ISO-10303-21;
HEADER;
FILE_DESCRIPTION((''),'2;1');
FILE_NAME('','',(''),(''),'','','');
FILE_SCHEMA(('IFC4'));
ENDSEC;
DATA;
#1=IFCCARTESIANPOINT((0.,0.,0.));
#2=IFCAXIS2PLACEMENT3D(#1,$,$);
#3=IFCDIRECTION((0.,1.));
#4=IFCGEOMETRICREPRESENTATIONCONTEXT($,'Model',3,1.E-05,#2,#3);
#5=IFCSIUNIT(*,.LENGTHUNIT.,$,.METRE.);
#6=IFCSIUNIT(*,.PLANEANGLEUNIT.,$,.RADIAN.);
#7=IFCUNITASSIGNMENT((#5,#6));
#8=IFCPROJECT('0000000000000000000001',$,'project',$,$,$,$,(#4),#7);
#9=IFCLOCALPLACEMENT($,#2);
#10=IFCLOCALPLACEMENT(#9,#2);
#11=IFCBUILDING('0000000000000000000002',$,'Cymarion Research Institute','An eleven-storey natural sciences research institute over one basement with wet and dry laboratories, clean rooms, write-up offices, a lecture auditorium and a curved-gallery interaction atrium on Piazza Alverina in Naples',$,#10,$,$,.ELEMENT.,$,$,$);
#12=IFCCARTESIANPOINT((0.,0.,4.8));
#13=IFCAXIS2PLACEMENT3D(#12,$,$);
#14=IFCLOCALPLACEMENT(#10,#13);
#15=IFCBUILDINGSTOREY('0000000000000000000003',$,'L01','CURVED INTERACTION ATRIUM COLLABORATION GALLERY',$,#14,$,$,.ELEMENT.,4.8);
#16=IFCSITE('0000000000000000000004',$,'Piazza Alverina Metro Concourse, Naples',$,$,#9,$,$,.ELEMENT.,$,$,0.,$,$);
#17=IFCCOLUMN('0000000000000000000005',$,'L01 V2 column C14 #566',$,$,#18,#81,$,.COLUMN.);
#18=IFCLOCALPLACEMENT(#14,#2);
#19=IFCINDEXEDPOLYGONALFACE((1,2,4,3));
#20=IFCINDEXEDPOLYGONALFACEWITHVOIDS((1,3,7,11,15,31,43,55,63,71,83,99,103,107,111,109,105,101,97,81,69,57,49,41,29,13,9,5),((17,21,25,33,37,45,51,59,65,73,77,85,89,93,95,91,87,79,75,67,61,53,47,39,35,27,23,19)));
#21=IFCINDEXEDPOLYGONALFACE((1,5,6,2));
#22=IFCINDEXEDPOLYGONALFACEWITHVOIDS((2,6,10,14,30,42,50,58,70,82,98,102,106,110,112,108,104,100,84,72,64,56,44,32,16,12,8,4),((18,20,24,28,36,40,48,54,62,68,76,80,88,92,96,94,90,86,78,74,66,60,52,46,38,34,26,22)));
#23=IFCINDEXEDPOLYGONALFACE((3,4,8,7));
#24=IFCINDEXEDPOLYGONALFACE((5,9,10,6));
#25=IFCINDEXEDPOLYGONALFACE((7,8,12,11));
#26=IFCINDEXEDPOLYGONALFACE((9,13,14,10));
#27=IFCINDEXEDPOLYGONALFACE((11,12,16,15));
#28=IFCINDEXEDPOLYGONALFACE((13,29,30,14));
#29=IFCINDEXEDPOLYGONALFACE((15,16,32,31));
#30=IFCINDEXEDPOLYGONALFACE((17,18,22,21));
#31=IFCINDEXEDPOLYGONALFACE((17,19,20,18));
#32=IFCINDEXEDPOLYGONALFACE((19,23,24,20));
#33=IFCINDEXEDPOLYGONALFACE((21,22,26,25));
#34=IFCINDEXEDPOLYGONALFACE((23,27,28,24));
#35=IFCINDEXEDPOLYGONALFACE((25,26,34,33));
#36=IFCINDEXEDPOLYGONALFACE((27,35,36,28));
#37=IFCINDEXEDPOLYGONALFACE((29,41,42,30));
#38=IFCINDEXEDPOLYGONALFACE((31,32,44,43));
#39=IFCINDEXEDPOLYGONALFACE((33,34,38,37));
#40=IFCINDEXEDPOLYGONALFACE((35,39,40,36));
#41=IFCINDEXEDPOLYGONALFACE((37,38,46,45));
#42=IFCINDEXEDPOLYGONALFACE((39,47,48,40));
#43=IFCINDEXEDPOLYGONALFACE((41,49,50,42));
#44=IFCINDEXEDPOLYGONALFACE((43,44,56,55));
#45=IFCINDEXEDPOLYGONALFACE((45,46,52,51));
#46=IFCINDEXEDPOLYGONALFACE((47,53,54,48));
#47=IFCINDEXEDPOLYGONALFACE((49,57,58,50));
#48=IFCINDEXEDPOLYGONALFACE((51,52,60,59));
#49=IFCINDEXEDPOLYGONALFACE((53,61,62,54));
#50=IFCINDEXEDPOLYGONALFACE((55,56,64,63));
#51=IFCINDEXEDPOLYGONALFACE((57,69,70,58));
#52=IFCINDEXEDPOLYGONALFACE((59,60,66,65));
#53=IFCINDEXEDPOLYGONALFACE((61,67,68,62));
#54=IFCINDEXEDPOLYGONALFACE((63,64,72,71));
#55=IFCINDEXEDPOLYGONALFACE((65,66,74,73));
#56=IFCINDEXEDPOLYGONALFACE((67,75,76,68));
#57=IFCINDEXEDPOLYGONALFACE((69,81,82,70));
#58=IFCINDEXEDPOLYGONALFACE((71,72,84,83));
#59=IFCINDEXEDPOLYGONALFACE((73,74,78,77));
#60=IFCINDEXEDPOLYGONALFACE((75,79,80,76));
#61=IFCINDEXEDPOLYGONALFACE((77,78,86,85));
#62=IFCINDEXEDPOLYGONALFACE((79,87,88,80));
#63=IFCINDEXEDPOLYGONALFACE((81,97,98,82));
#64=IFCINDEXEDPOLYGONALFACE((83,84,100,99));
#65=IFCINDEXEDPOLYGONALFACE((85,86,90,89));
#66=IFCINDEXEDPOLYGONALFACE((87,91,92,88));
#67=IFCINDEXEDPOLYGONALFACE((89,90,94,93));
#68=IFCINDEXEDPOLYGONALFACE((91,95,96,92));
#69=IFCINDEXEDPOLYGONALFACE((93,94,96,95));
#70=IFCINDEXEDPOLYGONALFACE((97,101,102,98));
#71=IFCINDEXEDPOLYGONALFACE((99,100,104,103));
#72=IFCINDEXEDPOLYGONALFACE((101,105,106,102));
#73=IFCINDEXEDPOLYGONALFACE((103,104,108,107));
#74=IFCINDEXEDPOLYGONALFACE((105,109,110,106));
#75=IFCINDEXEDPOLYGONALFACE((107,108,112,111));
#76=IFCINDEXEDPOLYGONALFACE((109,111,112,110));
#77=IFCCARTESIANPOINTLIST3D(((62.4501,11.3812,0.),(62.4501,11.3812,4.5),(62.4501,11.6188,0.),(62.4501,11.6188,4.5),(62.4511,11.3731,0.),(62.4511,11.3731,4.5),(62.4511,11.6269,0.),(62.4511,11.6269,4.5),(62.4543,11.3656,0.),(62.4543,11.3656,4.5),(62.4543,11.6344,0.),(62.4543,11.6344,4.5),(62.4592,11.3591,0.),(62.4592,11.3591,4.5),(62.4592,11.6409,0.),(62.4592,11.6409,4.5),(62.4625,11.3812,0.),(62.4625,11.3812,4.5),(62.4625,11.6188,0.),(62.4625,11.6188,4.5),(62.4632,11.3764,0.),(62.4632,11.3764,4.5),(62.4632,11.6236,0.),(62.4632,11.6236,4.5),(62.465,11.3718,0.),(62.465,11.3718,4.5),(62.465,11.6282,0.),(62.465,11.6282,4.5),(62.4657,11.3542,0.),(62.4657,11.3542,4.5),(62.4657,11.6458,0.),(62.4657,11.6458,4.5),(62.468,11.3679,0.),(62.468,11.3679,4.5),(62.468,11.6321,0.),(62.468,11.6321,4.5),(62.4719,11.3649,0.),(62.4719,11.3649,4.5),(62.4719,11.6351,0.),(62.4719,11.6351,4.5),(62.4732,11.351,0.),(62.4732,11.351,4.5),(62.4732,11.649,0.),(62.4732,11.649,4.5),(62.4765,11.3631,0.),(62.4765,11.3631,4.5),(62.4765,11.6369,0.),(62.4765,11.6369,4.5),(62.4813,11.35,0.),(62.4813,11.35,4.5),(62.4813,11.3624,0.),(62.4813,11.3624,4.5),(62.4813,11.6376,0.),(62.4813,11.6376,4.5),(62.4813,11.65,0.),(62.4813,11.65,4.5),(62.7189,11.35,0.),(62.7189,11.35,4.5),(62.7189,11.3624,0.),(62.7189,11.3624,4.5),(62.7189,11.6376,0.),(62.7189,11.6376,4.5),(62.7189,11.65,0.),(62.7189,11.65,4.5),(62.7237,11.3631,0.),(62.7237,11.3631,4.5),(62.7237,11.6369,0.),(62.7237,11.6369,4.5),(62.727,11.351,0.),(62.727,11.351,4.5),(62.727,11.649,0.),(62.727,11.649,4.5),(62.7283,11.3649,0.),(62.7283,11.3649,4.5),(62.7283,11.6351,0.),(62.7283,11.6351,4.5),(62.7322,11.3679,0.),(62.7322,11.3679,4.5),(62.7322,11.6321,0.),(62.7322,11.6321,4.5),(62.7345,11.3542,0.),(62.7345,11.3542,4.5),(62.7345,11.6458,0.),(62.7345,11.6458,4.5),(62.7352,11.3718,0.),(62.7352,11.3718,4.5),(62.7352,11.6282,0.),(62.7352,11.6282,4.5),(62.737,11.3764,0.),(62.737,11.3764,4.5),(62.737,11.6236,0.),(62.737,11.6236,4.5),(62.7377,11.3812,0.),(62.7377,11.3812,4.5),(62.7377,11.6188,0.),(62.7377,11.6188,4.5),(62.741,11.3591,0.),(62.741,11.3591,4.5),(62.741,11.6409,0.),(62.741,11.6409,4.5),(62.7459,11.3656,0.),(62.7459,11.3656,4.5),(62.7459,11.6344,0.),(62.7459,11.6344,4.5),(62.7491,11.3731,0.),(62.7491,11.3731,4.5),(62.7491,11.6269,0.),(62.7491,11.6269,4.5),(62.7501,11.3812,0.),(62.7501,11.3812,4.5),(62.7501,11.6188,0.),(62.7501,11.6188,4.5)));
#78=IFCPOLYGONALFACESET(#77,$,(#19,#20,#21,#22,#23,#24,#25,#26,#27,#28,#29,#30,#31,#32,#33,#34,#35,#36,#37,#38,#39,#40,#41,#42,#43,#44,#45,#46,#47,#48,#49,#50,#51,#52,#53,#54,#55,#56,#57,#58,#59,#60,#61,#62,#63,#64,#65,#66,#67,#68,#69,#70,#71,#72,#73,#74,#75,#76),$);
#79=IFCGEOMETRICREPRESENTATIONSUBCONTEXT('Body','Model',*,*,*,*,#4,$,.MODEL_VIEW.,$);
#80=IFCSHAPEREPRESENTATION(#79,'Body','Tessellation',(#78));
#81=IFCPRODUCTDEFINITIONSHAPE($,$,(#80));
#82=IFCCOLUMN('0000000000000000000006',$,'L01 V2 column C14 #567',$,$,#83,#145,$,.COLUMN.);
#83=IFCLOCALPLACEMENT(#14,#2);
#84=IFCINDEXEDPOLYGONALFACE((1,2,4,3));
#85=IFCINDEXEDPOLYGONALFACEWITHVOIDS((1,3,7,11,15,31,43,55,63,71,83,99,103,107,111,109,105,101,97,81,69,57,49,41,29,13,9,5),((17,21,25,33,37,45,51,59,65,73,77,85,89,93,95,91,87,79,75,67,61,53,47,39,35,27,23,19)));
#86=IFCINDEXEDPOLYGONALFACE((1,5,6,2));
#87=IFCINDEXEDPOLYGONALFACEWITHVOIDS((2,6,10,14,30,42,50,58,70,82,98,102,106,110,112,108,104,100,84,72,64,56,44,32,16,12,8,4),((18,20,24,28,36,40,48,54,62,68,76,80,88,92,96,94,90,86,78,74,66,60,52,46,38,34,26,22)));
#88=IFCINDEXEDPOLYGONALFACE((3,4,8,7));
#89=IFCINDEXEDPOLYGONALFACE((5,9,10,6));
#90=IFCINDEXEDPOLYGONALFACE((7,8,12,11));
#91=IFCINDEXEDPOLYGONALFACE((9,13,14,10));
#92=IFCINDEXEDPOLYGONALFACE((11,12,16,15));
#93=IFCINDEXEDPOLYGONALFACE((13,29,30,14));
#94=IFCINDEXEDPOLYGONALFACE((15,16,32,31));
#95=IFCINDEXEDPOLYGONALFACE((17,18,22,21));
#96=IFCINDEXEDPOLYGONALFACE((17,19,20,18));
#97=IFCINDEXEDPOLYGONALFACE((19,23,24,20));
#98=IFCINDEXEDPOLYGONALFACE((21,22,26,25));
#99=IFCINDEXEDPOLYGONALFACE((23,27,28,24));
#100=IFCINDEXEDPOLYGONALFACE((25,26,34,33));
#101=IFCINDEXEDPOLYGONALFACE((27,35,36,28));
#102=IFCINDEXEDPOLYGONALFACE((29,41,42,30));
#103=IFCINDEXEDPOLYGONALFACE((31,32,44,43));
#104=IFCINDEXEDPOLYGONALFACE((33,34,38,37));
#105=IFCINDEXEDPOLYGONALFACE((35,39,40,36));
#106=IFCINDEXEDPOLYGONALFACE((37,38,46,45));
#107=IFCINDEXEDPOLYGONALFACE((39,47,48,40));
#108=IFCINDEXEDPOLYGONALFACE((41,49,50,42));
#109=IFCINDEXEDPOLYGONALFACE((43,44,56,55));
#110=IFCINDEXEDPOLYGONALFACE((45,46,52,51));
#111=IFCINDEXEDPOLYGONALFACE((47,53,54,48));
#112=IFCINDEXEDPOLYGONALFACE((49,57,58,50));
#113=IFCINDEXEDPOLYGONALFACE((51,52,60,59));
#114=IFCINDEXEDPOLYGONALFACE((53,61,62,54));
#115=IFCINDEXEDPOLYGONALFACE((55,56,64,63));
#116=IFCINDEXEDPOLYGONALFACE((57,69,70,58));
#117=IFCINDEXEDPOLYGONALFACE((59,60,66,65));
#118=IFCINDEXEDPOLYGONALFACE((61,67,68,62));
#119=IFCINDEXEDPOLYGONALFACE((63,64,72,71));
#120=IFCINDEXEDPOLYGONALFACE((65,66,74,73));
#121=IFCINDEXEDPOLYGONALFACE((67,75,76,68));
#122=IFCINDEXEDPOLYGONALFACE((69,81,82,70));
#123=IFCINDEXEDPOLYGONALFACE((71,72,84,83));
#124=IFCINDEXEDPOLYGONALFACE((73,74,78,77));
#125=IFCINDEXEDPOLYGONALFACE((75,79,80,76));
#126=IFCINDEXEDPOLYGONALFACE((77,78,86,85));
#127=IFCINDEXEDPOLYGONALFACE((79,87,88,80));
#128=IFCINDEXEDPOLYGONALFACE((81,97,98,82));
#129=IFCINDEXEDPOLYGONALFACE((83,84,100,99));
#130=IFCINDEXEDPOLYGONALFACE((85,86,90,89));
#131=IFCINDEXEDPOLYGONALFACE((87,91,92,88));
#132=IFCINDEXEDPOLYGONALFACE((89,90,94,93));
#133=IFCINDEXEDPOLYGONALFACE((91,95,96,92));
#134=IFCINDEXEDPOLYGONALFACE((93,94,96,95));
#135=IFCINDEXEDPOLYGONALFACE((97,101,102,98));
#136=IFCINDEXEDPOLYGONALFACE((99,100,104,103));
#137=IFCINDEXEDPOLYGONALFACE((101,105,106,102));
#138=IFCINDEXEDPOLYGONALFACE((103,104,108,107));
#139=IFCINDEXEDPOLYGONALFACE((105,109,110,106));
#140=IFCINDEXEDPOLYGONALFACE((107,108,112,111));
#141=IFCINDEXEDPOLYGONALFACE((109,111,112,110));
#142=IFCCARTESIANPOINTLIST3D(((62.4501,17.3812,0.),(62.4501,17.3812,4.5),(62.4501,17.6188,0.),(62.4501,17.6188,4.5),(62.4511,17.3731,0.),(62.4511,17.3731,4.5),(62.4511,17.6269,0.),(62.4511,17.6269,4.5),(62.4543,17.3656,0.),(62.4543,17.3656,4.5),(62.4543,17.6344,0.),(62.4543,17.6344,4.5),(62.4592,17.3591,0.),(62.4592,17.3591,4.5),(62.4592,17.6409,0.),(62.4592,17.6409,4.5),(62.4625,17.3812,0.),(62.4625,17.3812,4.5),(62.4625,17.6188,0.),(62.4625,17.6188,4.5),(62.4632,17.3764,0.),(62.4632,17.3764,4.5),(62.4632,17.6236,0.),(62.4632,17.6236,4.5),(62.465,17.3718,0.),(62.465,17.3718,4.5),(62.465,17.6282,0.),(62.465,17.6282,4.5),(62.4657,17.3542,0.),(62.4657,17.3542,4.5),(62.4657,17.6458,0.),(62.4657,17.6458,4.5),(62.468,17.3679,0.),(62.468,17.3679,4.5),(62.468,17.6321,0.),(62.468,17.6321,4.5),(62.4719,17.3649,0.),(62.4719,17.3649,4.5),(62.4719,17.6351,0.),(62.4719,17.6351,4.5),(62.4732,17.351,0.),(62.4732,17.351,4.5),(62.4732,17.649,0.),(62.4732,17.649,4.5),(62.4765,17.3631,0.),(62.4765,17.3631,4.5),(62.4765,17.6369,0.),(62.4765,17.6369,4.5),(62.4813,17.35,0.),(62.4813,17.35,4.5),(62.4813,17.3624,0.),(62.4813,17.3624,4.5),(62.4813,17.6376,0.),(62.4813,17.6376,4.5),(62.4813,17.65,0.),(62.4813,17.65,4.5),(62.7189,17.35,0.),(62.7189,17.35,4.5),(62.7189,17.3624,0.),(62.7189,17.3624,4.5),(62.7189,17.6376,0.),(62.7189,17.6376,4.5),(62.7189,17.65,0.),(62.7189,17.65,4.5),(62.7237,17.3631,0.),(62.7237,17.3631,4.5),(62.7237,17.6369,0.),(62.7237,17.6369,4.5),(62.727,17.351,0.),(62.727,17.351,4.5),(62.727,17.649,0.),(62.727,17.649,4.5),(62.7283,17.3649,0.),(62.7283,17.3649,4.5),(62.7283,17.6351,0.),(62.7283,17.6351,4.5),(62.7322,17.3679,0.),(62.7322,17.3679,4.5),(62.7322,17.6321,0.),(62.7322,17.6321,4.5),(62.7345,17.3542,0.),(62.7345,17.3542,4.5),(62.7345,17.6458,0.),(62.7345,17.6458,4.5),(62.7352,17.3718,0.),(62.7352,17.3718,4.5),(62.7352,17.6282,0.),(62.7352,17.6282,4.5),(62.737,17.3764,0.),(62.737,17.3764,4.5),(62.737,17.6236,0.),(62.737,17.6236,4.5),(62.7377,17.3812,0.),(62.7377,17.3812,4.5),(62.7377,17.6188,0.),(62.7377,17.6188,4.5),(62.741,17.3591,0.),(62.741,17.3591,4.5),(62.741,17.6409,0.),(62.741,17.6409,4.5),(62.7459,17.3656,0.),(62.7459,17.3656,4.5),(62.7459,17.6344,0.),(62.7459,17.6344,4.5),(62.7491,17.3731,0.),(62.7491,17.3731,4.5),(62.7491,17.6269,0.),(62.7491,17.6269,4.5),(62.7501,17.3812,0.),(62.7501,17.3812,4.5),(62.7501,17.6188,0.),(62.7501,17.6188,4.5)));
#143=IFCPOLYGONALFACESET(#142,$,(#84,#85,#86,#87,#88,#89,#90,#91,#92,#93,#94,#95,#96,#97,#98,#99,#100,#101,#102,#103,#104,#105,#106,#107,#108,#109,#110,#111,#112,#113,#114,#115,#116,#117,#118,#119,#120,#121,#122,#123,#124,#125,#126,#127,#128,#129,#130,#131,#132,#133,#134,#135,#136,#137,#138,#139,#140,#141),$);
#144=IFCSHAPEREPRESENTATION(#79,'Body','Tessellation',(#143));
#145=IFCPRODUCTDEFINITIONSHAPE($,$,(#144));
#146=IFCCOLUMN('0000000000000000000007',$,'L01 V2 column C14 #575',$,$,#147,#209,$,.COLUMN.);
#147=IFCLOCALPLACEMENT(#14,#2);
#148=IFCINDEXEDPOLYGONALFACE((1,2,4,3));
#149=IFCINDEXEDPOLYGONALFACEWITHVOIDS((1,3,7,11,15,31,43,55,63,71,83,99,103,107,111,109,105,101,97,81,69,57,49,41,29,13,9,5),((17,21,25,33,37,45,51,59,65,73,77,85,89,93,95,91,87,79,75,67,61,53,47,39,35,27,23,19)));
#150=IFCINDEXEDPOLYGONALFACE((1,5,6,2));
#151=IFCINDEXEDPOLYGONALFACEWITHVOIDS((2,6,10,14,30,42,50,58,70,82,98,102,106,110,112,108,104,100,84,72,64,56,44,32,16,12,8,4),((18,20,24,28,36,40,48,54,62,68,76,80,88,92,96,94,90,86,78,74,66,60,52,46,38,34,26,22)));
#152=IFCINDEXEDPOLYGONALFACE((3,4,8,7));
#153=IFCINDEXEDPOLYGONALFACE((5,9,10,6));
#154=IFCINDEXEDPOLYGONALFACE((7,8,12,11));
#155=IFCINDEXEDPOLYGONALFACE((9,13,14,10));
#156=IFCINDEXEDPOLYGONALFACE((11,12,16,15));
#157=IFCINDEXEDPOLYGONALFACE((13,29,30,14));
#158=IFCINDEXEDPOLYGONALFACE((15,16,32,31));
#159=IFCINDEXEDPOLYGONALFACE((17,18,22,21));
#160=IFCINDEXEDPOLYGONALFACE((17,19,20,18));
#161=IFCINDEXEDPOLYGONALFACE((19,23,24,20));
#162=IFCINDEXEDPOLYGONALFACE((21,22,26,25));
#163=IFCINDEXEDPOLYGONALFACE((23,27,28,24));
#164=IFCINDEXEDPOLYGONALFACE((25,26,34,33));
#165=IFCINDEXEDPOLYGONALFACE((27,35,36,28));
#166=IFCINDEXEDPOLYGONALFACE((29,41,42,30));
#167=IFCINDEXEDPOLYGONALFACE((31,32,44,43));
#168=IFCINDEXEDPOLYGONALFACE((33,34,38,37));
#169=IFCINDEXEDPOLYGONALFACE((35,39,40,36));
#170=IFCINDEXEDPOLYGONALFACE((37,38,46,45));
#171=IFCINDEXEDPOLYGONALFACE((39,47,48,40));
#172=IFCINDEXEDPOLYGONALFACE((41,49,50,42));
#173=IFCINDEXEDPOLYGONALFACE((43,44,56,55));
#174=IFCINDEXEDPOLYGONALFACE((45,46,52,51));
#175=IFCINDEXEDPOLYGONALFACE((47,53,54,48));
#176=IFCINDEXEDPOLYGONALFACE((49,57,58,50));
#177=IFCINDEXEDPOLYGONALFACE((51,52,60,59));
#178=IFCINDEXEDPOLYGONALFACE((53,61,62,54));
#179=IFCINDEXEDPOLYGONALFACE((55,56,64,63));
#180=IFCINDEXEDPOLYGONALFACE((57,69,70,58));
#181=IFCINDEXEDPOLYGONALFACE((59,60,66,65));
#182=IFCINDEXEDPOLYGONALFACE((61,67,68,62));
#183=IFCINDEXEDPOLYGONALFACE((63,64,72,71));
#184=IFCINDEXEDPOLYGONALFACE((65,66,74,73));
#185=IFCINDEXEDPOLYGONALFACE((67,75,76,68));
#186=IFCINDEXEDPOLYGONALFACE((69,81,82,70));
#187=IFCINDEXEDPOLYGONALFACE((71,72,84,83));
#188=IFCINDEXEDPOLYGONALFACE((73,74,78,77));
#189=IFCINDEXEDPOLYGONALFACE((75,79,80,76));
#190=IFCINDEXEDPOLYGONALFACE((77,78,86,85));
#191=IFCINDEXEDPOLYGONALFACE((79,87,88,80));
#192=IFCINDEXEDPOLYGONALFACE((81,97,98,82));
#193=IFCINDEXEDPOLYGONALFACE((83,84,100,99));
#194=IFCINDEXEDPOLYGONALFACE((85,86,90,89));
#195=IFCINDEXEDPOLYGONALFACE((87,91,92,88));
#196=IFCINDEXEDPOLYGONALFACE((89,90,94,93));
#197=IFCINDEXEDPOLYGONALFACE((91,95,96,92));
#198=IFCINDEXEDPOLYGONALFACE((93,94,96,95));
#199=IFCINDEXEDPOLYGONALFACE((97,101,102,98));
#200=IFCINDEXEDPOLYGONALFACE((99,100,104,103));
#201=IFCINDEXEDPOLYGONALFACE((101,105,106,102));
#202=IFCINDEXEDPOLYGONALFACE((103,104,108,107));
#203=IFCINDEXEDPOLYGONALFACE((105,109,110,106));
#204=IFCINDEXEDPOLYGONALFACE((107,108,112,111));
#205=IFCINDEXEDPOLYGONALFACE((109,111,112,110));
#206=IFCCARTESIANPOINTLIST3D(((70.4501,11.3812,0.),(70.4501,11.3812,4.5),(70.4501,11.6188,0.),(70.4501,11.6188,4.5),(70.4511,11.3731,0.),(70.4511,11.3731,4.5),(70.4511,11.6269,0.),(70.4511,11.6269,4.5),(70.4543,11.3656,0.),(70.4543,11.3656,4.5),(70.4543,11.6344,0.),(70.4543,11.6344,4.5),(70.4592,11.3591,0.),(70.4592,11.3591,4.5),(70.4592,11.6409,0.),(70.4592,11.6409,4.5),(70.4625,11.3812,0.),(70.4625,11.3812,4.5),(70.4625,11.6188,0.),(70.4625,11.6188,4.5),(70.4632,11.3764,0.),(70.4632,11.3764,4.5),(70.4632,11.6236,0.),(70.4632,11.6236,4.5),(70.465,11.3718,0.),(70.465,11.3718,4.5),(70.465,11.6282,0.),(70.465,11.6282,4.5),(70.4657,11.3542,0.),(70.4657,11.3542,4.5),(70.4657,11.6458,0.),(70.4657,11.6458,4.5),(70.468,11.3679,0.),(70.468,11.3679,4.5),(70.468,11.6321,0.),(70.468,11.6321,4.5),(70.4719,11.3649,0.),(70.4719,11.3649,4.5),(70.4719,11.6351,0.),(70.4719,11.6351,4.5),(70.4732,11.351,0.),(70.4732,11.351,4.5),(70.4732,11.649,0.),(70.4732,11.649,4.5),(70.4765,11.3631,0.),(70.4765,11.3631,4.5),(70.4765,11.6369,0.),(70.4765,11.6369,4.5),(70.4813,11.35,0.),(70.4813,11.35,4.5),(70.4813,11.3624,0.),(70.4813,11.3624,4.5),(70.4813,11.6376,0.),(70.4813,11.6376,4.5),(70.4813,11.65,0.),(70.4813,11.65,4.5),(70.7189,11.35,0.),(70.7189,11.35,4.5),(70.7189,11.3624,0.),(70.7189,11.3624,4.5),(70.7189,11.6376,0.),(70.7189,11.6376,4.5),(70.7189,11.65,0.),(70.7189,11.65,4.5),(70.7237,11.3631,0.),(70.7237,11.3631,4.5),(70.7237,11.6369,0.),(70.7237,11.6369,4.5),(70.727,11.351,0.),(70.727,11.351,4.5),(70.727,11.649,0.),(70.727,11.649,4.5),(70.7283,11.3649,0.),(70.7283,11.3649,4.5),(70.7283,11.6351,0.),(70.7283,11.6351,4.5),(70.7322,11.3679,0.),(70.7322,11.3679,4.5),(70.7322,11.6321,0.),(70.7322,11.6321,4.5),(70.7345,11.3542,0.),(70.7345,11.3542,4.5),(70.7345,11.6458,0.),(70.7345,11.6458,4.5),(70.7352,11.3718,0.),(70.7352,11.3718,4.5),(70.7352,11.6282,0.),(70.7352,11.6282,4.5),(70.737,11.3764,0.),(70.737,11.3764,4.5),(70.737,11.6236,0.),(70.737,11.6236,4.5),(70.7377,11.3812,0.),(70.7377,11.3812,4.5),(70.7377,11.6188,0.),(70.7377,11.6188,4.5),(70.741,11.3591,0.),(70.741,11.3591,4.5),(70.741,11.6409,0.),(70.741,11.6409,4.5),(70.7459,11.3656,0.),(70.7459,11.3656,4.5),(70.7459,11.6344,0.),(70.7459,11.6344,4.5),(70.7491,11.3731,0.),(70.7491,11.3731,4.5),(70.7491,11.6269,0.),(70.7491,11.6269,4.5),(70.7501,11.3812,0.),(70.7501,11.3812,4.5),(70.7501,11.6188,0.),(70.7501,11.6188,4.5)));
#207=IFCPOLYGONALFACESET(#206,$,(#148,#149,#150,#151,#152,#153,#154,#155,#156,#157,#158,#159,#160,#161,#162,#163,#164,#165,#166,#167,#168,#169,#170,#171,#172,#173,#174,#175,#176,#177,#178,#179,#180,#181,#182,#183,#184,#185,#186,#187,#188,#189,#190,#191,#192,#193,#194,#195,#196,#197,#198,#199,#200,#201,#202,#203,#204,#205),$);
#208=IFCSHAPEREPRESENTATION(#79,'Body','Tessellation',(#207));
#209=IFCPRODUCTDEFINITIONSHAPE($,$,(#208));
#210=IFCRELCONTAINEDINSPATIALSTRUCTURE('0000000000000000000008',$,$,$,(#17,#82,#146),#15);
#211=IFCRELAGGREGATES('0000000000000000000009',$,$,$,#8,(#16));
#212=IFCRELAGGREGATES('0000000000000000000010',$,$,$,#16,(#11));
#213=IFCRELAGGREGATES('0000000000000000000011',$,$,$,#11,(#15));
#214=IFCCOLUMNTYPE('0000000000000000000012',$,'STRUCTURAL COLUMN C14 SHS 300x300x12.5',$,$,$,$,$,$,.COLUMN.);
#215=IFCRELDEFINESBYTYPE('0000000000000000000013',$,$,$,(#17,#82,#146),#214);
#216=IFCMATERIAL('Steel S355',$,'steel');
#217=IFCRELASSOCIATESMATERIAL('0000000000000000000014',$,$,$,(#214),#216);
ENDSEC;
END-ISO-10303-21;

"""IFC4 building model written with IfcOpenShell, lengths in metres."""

from ifc_helpers import new_model, si_unit, direction, frame, origin, origin_2d, place, context, subcontext, project, spatial, hollow_rectangle, extrude, material, material_profile, profile_set, type_object, element, save


model = new_model("IFC4")

# Units and contexts
model_context = context("Model", 3, precision=1e-05, world=origin(), true_north=direction((0.0, 1.0)))
body_context = subcontext(model_context, "Body", "Model", "MODEL_VIEW")
ifc_project = project(units=[si_unit("LENGTHUNIT", "METRE"), si_unit("PLANEANGLEUNIT", "RADIAN")], contexts=[model_context])

# Site, building, storey
site_placement = place(None, origin())
site = spatial("IfcSite", under=ifc_project, at=site_placement, Name="Piazza Alverina Metro Concourse, Naples", CompositionType="ELEMENT", RefElevation=0.0)
building_placement = place(site_placement, origin())
building = spatial("IfcBuilding", under=site, at=building_placement, Name="Cymarion Research Institute", Description="An eleven-storey natural sciences research institute over one basement with wet and dry laboratories, clean rooms, write-up offices, a lecture auditorium and a curved-gallery interaction atrium on Piazza Alverina in Naples", CompositionType="ELEMENT")
storey_placement = place(building_placement, frame((0.0, 0.0, 4.8)))
storey = spatial("IfcBuildingStorey", under=building, at=storey_placement, Name="L01", Description="CURVED INTERACTION ATRIUM COLLABORATION GALLERY", CompositionType="ELEMENT", Elevation=4.8)

# Columns
ifc_material_1 = material(Name="Steel S355", Category="steel")
ifc_material_profile_1 = material_profile(ifc_material_1, hollow_rectangle(XDim=0.3, YDim=0.3, WallThickness=0.0125, InnerFilletRadius=0.0188, OuterFilletRadius=0.0312, at=origin_2d()), Name="SHS 300x300x12.5")
ifc_profile_set_1 = profile_set([ifc_material_profile_1], Name="Steel S355")
column_type_1 = type_object("IfcColumnType", Name="STRUCTURAL COLUMN C14 SHS 300x300x12.5", PredefinedType="COLUMN", material=ifc_profile_set_1)
for number, where, z_axis, x_axis, name in (
    (1, (62.6001, 11.5, 0.0), (0.0, 0.0, 1.0), (1.0, 0.0, 0.0), "L01 V2 column C14 #566"),
    (2, (62.6001, 17.5, 0.0), (0.0, 0.0, 1.0), (1.0, 0.0, 0.0), "L01 V2 column C14 #567"),
    (3, (70.6001, 11.5, 0.0), (0.0, 0.0, 1.0), (1.0, 0.0, 0.0), "L01 V2 column C14 #575"),
):
    element("IfcColumn", number, at=place(storey_placement, frame(where, z_axis=z_axis, x_axis=x_axis)), inside=storey, type_object=column_type_1, Name=name, PredefinedType="COLUMN", context=body_context, shape_type="SweptSolid", body=[
        extrude(hollow_rectangle(XDim=0.3, YDim=0.3, WallThickness=0.0125, InnerFilletRadius=0.0188, OuterFilletRadius=0.0312, at=origin_2d()), origin(), (0.0, 0.0, 1.0), 4.5),
    ])

save(model, "model.ifc")
